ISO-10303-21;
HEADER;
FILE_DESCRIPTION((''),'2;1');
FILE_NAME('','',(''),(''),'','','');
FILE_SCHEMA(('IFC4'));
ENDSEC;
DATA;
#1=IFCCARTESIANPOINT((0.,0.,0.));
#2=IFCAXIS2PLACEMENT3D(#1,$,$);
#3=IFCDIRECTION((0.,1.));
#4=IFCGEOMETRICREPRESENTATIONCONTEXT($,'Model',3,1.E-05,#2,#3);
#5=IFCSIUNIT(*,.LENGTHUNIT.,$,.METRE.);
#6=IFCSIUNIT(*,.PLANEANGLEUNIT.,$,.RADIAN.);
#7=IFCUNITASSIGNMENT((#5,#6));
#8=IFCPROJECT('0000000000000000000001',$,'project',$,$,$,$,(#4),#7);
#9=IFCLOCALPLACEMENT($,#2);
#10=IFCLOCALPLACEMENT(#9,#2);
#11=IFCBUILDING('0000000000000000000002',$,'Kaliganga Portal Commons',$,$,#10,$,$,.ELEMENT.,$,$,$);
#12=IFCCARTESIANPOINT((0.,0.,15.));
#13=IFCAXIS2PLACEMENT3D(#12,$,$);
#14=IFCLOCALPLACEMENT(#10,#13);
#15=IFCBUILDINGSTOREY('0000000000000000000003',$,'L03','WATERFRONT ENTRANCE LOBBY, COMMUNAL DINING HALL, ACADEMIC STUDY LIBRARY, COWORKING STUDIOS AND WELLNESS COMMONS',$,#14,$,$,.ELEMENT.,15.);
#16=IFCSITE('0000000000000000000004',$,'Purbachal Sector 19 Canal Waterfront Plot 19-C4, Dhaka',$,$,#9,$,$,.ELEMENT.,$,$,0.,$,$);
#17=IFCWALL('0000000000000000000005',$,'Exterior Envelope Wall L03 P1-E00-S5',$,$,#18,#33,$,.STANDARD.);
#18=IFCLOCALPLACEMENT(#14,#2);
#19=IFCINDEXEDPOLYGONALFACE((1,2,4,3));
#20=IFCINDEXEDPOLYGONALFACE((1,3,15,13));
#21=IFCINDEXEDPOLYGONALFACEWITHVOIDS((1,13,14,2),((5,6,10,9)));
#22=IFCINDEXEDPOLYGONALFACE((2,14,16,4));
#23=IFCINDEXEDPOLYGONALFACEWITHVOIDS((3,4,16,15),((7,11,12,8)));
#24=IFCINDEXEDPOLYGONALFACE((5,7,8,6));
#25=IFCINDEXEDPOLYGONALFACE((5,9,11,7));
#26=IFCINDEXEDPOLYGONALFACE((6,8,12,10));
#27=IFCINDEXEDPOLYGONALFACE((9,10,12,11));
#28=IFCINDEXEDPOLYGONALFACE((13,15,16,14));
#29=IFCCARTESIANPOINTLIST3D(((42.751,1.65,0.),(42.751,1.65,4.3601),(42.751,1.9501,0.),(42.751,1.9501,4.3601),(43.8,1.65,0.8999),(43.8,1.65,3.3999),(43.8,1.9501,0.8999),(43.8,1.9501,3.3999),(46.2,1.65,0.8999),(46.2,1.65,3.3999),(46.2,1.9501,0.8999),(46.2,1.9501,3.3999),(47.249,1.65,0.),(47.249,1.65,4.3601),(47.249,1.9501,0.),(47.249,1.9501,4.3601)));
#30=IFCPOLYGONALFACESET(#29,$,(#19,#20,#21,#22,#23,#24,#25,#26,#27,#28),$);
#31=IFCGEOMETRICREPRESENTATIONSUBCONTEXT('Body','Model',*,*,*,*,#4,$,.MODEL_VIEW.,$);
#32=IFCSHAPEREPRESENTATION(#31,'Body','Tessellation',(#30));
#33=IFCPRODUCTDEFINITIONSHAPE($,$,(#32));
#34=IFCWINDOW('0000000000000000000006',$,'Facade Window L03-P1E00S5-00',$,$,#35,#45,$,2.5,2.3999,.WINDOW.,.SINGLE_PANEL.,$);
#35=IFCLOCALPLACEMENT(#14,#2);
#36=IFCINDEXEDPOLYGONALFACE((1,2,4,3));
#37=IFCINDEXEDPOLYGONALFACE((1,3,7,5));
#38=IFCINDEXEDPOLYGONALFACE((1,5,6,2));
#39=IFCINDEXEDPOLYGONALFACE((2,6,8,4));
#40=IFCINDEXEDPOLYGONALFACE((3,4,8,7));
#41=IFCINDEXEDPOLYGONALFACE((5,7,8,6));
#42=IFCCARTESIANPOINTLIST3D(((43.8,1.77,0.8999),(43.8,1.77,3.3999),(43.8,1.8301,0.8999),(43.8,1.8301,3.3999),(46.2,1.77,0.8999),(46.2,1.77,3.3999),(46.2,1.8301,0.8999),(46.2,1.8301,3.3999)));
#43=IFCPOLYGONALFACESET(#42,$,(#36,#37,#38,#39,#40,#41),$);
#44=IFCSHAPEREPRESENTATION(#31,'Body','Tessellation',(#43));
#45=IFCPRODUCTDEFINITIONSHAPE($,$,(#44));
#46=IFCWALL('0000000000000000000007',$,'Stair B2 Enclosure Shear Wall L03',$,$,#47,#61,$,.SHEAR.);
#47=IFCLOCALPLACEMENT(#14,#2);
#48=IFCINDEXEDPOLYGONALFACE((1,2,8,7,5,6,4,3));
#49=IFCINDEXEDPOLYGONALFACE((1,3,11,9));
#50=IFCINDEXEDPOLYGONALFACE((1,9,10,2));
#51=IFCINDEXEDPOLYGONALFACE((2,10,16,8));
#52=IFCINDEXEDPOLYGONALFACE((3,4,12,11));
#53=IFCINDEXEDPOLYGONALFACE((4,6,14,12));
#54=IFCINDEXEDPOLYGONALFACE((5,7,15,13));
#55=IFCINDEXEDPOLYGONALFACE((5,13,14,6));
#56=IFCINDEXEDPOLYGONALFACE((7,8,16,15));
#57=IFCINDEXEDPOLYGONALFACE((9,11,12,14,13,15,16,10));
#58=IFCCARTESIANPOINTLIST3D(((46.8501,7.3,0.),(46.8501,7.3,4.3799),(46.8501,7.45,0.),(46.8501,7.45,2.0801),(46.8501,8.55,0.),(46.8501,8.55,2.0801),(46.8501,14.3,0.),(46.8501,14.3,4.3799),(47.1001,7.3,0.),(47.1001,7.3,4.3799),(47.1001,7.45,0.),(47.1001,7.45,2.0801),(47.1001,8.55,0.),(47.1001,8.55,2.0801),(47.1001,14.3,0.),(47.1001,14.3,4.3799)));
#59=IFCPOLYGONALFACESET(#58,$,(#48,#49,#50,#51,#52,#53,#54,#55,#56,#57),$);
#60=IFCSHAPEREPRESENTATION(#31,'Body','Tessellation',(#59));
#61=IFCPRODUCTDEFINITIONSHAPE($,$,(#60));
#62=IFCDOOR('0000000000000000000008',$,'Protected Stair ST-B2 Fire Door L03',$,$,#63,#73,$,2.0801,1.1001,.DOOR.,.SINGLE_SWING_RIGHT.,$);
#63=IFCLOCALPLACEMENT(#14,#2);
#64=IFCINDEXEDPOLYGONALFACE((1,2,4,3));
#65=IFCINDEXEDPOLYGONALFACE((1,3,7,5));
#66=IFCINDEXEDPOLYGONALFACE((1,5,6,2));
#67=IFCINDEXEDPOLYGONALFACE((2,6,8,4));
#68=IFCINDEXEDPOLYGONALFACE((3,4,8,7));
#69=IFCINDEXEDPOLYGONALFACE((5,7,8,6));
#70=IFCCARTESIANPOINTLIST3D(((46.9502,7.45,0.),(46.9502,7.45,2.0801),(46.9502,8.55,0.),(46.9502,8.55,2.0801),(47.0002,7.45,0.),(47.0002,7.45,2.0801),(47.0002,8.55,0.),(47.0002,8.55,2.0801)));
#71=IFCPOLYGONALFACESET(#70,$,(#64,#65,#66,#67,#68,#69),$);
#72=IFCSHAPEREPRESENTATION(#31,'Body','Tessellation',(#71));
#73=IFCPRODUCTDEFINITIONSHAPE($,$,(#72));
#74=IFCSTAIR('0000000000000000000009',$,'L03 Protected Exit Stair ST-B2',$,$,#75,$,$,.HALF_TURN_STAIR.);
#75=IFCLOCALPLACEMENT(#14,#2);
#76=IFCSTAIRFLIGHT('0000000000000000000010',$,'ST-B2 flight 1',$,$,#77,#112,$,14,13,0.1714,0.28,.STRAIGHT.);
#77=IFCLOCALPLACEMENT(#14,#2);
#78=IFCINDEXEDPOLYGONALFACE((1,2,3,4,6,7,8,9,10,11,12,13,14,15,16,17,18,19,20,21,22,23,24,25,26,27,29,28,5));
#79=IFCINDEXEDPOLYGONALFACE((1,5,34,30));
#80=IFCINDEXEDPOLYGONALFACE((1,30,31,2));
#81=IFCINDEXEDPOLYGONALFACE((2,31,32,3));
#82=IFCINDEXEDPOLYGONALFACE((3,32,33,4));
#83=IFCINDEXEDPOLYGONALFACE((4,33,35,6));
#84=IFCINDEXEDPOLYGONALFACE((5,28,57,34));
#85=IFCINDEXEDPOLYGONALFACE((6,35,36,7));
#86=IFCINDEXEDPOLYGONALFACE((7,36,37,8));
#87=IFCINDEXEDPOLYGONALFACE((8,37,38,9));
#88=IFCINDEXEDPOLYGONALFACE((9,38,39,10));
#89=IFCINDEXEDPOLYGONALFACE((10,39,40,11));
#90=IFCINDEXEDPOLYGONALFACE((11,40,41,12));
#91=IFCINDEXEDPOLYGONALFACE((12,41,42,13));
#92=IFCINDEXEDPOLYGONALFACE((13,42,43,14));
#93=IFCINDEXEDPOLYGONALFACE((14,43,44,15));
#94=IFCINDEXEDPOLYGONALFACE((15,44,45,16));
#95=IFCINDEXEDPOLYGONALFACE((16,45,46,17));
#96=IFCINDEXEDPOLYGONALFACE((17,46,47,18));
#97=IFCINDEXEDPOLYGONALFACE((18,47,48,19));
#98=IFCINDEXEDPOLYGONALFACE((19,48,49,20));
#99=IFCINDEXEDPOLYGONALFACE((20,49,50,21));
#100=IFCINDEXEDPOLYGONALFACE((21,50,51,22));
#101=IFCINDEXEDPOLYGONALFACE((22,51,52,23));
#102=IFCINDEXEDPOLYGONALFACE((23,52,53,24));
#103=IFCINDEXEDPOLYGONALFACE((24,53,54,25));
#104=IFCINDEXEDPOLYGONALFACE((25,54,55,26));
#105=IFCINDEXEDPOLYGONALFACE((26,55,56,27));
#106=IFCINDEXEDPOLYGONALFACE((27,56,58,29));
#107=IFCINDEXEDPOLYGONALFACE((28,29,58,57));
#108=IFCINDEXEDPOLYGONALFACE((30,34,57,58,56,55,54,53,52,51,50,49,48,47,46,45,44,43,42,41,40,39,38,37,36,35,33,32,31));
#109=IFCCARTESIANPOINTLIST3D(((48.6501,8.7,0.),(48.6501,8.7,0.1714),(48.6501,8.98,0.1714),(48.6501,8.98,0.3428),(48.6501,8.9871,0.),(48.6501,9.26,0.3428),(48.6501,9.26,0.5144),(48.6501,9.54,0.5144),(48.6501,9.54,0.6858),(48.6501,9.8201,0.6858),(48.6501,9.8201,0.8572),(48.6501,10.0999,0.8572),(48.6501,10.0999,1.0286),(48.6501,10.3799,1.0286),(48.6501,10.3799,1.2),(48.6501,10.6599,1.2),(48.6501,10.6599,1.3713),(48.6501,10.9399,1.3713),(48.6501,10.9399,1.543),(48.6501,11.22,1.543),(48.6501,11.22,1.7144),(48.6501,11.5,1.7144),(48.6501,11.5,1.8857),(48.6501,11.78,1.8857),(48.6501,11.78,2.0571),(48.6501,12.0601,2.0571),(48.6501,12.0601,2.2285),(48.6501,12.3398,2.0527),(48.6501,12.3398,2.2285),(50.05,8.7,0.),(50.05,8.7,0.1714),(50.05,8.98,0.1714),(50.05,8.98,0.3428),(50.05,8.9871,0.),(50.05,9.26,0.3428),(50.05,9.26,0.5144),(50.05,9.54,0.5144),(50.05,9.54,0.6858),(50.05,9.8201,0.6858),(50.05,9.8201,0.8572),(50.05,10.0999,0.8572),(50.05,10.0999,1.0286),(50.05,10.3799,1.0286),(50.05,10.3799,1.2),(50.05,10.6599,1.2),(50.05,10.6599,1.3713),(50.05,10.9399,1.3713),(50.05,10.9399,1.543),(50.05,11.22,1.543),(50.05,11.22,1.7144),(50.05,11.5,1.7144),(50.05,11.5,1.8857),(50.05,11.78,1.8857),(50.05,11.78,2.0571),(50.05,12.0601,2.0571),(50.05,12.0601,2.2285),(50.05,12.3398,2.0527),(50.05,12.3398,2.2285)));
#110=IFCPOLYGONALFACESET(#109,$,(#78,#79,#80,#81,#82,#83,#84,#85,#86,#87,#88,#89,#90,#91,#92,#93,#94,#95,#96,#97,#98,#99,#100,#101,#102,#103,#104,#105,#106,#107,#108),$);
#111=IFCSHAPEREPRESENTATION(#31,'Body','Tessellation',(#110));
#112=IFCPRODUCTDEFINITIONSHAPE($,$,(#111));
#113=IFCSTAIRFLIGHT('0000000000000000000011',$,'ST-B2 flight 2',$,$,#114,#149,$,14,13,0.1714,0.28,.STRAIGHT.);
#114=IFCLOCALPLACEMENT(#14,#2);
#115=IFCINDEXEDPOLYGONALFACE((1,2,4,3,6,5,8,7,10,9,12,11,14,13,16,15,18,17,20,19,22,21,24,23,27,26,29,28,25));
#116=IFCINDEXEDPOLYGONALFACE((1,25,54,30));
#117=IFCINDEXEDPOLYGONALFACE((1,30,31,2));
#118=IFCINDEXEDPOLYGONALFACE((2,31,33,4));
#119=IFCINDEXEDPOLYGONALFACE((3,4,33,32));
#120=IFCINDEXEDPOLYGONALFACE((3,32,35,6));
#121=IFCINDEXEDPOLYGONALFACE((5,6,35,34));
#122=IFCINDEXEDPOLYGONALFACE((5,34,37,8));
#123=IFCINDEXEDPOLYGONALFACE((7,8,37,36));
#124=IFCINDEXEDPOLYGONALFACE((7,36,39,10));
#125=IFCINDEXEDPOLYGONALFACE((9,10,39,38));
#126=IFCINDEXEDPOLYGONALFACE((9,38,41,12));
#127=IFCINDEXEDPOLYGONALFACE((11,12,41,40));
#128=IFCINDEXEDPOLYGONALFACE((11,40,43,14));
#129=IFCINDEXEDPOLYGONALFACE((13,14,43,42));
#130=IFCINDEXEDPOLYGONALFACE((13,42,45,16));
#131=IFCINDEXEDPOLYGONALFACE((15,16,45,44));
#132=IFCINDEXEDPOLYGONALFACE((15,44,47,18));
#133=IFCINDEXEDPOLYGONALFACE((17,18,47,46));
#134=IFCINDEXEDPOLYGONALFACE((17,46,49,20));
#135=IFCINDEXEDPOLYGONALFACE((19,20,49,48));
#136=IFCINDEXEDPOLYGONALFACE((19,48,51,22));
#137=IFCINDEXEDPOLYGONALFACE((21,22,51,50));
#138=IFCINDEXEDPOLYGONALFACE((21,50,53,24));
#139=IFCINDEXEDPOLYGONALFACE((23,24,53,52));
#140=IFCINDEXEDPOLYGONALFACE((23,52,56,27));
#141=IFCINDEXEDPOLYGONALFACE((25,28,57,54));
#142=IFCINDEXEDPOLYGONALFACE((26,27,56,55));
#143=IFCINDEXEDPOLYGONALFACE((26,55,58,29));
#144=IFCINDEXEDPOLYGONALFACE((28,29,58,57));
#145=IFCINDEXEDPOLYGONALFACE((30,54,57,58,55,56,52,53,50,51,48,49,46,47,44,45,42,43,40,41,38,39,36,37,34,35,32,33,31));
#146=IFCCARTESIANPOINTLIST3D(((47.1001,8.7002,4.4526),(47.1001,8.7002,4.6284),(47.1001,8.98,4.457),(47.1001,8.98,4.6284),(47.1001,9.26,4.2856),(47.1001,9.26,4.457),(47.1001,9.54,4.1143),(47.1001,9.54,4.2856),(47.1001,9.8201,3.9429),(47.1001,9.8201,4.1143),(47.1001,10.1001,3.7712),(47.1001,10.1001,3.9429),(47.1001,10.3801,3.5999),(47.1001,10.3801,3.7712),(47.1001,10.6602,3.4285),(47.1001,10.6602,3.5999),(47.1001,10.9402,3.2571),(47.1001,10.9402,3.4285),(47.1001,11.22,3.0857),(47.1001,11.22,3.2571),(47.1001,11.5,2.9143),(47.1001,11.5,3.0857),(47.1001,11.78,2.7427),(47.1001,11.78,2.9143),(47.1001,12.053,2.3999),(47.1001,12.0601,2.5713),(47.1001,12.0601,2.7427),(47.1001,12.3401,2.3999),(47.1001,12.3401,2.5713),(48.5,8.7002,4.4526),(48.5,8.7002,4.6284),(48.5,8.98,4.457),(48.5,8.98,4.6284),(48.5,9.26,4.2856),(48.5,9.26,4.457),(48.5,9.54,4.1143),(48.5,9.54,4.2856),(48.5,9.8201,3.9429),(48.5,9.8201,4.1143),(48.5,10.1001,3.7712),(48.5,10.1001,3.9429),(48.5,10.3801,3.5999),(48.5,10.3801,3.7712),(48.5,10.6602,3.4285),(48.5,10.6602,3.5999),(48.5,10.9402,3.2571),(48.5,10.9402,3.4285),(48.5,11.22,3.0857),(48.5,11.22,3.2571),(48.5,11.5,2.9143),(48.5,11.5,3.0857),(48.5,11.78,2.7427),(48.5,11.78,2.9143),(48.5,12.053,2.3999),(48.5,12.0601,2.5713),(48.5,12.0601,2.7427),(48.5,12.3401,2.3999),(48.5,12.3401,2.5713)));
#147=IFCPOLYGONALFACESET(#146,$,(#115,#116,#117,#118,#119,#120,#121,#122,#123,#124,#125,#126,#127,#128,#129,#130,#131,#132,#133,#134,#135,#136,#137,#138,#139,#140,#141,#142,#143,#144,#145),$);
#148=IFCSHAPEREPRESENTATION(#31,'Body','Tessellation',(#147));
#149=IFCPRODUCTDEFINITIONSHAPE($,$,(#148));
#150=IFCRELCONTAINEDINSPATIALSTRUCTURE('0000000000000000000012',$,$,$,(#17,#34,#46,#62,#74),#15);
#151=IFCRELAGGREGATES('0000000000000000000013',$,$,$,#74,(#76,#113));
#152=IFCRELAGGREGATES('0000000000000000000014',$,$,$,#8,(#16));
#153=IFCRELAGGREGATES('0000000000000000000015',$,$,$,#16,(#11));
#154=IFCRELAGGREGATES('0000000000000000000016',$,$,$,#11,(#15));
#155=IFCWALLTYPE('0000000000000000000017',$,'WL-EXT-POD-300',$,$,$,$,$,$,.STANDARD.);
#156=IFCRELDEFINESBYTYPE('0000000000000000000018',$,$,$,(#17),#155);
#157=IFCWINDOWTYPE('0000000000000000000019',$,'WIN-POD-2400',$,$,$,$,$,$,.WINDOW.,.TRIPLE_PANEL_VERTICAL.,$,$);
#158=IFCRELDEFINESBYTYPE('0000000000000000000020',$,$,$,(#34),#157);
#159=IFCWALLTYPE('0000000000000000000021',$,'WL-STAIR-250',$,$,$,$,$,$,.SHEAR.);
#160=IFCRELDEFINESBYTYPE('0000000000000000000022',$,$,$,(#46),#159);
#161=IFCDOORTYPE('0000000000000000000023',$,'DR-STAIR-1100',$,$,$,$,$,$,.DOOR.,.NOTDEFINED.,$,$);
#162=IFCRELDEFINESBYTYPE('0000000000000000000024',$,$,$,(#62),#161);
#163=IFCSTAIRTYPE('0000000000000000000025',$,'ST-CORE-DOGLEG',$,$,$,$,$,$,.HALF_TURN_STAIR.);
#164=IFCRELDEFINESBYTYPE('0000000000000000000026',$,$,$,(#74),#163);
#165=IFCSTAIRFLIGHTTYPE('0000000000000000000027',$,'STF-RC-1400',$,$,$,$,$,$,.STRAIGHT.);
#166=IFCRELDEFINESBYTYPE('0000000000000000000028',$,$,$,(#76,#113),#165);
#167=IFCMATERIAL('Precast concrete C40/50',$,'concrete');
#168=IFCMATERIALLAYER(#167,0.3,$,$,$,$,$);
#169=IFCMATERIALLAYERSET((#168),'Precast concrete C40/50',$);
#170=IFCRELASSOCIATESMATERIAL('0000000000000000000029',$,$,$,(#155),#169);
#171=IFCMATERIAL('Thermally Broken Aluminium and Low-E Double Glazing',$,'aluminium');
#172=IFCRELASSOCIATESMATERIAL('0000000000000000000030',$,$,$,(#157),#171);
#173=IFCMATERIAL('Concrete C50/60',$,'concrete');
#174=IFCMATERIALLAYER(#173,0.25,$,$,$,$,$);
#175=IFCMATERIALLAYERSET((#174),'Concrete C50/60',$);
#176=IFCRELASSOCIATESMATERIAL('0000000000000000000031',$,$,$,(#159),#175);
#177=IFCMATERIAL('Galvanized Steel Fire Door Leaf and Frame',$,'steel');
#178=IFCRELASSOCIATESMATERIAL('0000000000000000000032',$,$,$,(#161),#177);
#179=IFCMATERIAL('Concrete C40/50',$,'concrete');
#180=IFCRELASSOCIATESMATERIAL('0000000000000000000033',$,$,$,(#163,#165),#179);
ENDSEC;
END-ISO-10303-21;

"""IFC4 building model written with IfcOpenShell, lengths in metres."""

from ifc_helpers import new_model, si_unit, direction, frame, frame_2d, origin, place, context, subcontext, project, spatial, polyline, rectangle, outline, extrude, material, layer, layer_set, type_object, element, fill, aggregate, save


model = new_model("IFC4")

# Units and contexts
model_context = context("Model", 3, precision=1e-05, world=origin(), true_north=direction((0.0, 1.0)))
body_context = subcontext(model_context, "Body", "Model", "MODEL_VIEW")
ifc_project = project(units=[si_unit("LENGTHUNIT", "METRE"), si_unit("PLANEANGLEUNIT", "RADIAN")], contexts=[model_context])

# Site, building, storey
site_placement = place(None, origin())
site = spatial("IfcSite", under=ifc_project, at=site_placement, Name="Purbachal Sector 19 Canal Waterfront Plot 19-C4, Dhaka", CompositionType="ELEMENT", RefElevation=0.0)
building_placement = place(site_placement, origin())
building = spatial("IfcBuilding", under=site, at=building_placement, Name="Kaliganga Portal Commons", CompositionType="ELEMENT")
storey_placement = place(building_placement, frame((0.0, 0.0, 15.0)))
storey = spatial("IfcBuildingStorey", under=building, at=storey_placement, Name="L03", Description="WATERFRONT ENTRANCE LOBBY, COMMUNAL DINING HALL, ACADEMIC STUDY LIBRARY, COWORKING STUDIOS AND WELLNESS COMMONS", CompositionType="ELEMENT", Elevation=15.0)

# Wall, opening, window
ifc_material_1 = material(Name="Precast concrete C40/50", Category="concrete")
ifc_layer_1 = layer(ifc_material_1, 0.3)
ifc_layer_set_1 = layer_set([ifc_layer_1], Name="Precast concrete C40/50")
wall_type_1 = type_object("IfcWallType", Name="WL-EXT-POD-300", PredefinedType="STANDARD", material=ifc_layer_set_1)
wall_1_placement = place(storey_placement, frame((47.249, 1.8, 0.0), z_axis=(0.0, 0.0, 1.0), x_axis=(-1.0, 0.0, 0.0)))
wall_1 = element("IfcWall", 1, at=wall_1_placement, inside=storey, type_object=wall_type_1, Name="Exterior Envelope Wall L03 P1-E00-S5", PredefinedType="STANDARD", context=body_context, shape_type="SweptSolid", body=[
    extrude(rectangle(XDim=4.498, YDim=0.3, at=frame_2d((2.249, 0.0))), origin(), (0.0, 0.0, 1.0), 4.3601),
])
opening_1_placement = place(wall_1_placement, frame((1.0491, 0.0, 0.8999)))
opening_1 = element("IfcOpeningElement", 2, at=opening_1_placement, cuts=wall_1, PredefinedType="OPENING", context=body_context, shape_type="SweptSolid", body=[
    extrude(rectangle(XDim=2.3999, YDim=2.5, at=frame_2d((1.2, 1.25))), frame((0.0, 0.1602, 0.0), z_axis=(0.0, -1.0, 0.0), x_axis=(1.0, 0.0, 0.0)), (0.0, 0.0, 1.0), 0.3201),
])
ifc_material_2 = material(Name="Thermally Broken Aluminium and Low-E Double Glazing", Category="aluminium")
window_type = type_object("IfcWindowType", Name="WIN-POD-2400", PartitioningType="TRIPLE_PANEL_VERTICAL", PredefinedType="WINDOW", material=ifc_material_2)
window_placement = place(opening_1_placement, origin())
window = element("IfcWindow", 3, at=window_placement, inside=storey, type_object=window_type, Name="Facade Window L03-P1E00S5-00", OverallHeight=2.5, OverallWidth=2.3999, PartitioningType="SINGLE_PANEL", PredefinedType="WINDOW", context=body_context, shape_type="SweptSolid", body=[
    extrude(rectangle(XDim=2.3999, YDim=2.5, at=frame_2d((1.2, 1.25))), frame((0.0, 0.03, 0.0), z_axis=(0.0, -1.0, 0.0), x_axis=(1.0, 0.0, 0.0)), (0.0, 0.0, 1.0), 0.0601),
])
fill(opening_1, window)

# Wall, opening, door
ifc_material_3 = material(Name="Concrete C50/60", Category="concrete")
ifc_layer_2 = layer(ifc_material_3, 0.25)
ifc_layer_set_2 = layer_set([ifc_layer_2], Name="Concrete C50/60")
wall_type_2 = type_object("IfcWallType", Name="WL-STAIR-250", PredefinedType="SHEAR", material=ifc_layer_set_2)
wall_2_placement = place(storey_placement, frame((46.9751, 7.3, 0.0), z_axis=(0.0, 0.0, 1.0), x_axis=(0.0, 1.0, 0.0)))
wall_2 = element("IfcWall", 4, at=wall_2_placement, inside=storey, type_object=wall_type_2, Name="Stair B2 Enclosure Shear Wall L03", PredefinedType="SHEAR", context=body_context, shape_type="SweptSolid", body=[
    extrude(rectangle(XDim=7.0, YDim=0.25, at=frame_2d((3.5, 0.0))), origin(), (0.0, 0.0, 1.0), 4.3799),
])
opening_2_placement = place(wall_2_placement, frame((0.1499, 0.0, 0.0)))
opening_2 = element("IfcOpeningElement", 5, at=opening_2_placement, cuts=wall_2, PredefinedType="OPENING", context=body_context, shape_type="SweptSolid", body=[
    extrude(rectangle(XDim=1.1001, YDim=2.0801, at=frame_2d((0.55, 1.04))), frame((0.0, 0.135, 0.0), z_axis=(0.0, -1.0, 0.0), x_axis=(1.0, 0.0, 0.0)), (0.0, 0.0, 1.0), 0.27),
])
ifc_material_4 = material(Name="Galvanized Steel Fire Door Leaf and Frame", Category="steel")
door_type = type_object("IfcDoorType", Name="DR-STAIR-1100", OperationType="NOTDEFINED", PredefinedType="DOOR", material=ifc_material_4)
door_placement = place(opening_2_placement, origin())
door = element("IfcDoor", 6, at=door_placement, inside=storey, type_object=door_type, Name="Protected Stair ST-B2 Fire Door L03", OperationType="SINGLE_SWING_RIGHT", OverallHeight=2.0801, OverallWidth=1.1001, PredefinedType="DOOR", context=body_context, shape_type="SweptSolid", body=[
    extrude(rectangle(XDim=1.1001, YDim=2.0801, at=frame_2d((0.55, 1.04))), frame((0.0, 0.0249, 0.0), z_axis=(0.0, -1.0, 0.0), x_axis=(1.0, 0.0, 0.0)), (0.0, 0.0, 1.0), 0.05),
])
fill(opening_2, door)

# Stair, stair flights
ifc_material_5 = material(Name="Concrete C40/50", Category="concrete")
stair_type = type_object("IfcStairType", Name="ST-CORE-DOGLEG", PredefinedType="HALF_TURN_STAIR", material=ifc_material_5)
stair_placement = place(storey_placement, origin())
stair = element("IfcStair", 7, at=stair_placement, inside=storey, type_object=stair_type, Name="L03 Protected Exit Stair ST-B2", PredefinedType="HALF_TURN_STAIR")
stair_flight_type = type_object("IfcStairFlightType", Name="STF-RC-1400", PredefinedType="STRAIGHT", material=ifc_material_5)
stair_flight_1_placement = place(storey_placement, frame((49.3501, 8.7, 0.0), z_axis=(0.0, 0.0, 1.0), x_axis=(0.0, 1.0, 0.0)))
stair_flight_1 = element("IfcStairFlight", 8, at=stair_flight_1_placement, type_object=stair_flight_type, Name="ST-B2 flight 1", NumberOfRisers=14, NumberOfTreads=13, PredefinedType="STRAIGHT", RiserHeight=0.1714, TreadLength=0.28, context=body_context, shape_type="SweptSolid", body=[
    extrude(outline(polyline([(0.0, 0.0), (0.0, 0.1714), (0.28, 0.1714), (0.28, 0.3428), (0.5601, 0.3428), (0.5601, 0.5144), (0.8401, 0.5144), (0.8401, 0.6858), (1.1201, 0.6858), (1.1201, 0.8572), (1.3999, 0.8572), (1.3999, 1.0286), (1.6799, 1.0286), (1.6799, 1.2), (1.96, 1.2), (1.96, 1.3713), (2.24, 1.3713), (2.24, 1.543), (2.52, 1.543), (2.52, 1.7144), (2.8, 1.7144), (2.8, 1.8857), (3.0801, 1.8857), (3.0801, 2.0571), (3.3601, 2.0571), (3.3601, 2.2285), (3.6399, 2.2285), (3.6399, 2.3999), (3.6399, 2.0527), (0.2871, 0.0), (0.0, 0.0)])), frame((0.0, 0.7, 0.0), z_axis=(0.0, -1.0, 0.0), x_axis=(1.0, 0.0, 0.0)), (0.0, 0.0, 1.0), 1.3999),
])
stair_flight_2_placement = place(storey_placement, frame((47.8, 12.3401, 2.3999), z_axis=(0.0, 0.0, 1.0), x_axis=(0.0, -1.0, 0.0)))
stair_flight_2 = element("IfcStairFlight", 9, at=stair_flight_2_placement, type_object=stair_flight_type, Name="ST-B2 flight 2", NumberOfRisers=14, NumberOfTreads=13, PredefinedType="STRAIGHT", RiserHeight=0.1714, TreadLength=0.28, context=body_context, shape_type="SweptSolid", body=[
    extrude(outline(polyline([(0.0, 0.0), (0.0, 0.1714), (0.28, 0.1714), (0.28, 0.3428), (0.5601, 0.3428), (0.5601, 0.5144), (0.8401, 0.5144), (0.8401, 0.6858), (1.1201, 0.6858), (1.1201, 0.8572), (1.3999, 0.8572), (1.3999, 1.0286), (1.6799, 1.0286), (1.6799, 1.2), (1.96, 1.2), (1.96, 1.3713), (2.24, 1.3713), (2.24, 1.543), (2.52, 1.543), (2.52, 1.7144), (2.8, 1.7144), (2.8, 1.8857), (3.0801, 1.8857), (3.0801, 2.0571), (3.3601, 2.0571), (3.3601, 2.2285), (3.6399, 2.2285), (3.6399, 2.3999), (3.6399, 2.0527), (0.2871, 0.0), (0.0, 0.0)])), frame((0.0, 0.7, 0.0), z_axis=(0.0, -1.0, 0.0), x_axis=(1.0, 0.0, 0.0)), (0.0, 0.0, 1.0), 1.3999),
])
aggregate(stair, [stair_flight_1, stair_flight_2])

save(model, "model.ifc")
